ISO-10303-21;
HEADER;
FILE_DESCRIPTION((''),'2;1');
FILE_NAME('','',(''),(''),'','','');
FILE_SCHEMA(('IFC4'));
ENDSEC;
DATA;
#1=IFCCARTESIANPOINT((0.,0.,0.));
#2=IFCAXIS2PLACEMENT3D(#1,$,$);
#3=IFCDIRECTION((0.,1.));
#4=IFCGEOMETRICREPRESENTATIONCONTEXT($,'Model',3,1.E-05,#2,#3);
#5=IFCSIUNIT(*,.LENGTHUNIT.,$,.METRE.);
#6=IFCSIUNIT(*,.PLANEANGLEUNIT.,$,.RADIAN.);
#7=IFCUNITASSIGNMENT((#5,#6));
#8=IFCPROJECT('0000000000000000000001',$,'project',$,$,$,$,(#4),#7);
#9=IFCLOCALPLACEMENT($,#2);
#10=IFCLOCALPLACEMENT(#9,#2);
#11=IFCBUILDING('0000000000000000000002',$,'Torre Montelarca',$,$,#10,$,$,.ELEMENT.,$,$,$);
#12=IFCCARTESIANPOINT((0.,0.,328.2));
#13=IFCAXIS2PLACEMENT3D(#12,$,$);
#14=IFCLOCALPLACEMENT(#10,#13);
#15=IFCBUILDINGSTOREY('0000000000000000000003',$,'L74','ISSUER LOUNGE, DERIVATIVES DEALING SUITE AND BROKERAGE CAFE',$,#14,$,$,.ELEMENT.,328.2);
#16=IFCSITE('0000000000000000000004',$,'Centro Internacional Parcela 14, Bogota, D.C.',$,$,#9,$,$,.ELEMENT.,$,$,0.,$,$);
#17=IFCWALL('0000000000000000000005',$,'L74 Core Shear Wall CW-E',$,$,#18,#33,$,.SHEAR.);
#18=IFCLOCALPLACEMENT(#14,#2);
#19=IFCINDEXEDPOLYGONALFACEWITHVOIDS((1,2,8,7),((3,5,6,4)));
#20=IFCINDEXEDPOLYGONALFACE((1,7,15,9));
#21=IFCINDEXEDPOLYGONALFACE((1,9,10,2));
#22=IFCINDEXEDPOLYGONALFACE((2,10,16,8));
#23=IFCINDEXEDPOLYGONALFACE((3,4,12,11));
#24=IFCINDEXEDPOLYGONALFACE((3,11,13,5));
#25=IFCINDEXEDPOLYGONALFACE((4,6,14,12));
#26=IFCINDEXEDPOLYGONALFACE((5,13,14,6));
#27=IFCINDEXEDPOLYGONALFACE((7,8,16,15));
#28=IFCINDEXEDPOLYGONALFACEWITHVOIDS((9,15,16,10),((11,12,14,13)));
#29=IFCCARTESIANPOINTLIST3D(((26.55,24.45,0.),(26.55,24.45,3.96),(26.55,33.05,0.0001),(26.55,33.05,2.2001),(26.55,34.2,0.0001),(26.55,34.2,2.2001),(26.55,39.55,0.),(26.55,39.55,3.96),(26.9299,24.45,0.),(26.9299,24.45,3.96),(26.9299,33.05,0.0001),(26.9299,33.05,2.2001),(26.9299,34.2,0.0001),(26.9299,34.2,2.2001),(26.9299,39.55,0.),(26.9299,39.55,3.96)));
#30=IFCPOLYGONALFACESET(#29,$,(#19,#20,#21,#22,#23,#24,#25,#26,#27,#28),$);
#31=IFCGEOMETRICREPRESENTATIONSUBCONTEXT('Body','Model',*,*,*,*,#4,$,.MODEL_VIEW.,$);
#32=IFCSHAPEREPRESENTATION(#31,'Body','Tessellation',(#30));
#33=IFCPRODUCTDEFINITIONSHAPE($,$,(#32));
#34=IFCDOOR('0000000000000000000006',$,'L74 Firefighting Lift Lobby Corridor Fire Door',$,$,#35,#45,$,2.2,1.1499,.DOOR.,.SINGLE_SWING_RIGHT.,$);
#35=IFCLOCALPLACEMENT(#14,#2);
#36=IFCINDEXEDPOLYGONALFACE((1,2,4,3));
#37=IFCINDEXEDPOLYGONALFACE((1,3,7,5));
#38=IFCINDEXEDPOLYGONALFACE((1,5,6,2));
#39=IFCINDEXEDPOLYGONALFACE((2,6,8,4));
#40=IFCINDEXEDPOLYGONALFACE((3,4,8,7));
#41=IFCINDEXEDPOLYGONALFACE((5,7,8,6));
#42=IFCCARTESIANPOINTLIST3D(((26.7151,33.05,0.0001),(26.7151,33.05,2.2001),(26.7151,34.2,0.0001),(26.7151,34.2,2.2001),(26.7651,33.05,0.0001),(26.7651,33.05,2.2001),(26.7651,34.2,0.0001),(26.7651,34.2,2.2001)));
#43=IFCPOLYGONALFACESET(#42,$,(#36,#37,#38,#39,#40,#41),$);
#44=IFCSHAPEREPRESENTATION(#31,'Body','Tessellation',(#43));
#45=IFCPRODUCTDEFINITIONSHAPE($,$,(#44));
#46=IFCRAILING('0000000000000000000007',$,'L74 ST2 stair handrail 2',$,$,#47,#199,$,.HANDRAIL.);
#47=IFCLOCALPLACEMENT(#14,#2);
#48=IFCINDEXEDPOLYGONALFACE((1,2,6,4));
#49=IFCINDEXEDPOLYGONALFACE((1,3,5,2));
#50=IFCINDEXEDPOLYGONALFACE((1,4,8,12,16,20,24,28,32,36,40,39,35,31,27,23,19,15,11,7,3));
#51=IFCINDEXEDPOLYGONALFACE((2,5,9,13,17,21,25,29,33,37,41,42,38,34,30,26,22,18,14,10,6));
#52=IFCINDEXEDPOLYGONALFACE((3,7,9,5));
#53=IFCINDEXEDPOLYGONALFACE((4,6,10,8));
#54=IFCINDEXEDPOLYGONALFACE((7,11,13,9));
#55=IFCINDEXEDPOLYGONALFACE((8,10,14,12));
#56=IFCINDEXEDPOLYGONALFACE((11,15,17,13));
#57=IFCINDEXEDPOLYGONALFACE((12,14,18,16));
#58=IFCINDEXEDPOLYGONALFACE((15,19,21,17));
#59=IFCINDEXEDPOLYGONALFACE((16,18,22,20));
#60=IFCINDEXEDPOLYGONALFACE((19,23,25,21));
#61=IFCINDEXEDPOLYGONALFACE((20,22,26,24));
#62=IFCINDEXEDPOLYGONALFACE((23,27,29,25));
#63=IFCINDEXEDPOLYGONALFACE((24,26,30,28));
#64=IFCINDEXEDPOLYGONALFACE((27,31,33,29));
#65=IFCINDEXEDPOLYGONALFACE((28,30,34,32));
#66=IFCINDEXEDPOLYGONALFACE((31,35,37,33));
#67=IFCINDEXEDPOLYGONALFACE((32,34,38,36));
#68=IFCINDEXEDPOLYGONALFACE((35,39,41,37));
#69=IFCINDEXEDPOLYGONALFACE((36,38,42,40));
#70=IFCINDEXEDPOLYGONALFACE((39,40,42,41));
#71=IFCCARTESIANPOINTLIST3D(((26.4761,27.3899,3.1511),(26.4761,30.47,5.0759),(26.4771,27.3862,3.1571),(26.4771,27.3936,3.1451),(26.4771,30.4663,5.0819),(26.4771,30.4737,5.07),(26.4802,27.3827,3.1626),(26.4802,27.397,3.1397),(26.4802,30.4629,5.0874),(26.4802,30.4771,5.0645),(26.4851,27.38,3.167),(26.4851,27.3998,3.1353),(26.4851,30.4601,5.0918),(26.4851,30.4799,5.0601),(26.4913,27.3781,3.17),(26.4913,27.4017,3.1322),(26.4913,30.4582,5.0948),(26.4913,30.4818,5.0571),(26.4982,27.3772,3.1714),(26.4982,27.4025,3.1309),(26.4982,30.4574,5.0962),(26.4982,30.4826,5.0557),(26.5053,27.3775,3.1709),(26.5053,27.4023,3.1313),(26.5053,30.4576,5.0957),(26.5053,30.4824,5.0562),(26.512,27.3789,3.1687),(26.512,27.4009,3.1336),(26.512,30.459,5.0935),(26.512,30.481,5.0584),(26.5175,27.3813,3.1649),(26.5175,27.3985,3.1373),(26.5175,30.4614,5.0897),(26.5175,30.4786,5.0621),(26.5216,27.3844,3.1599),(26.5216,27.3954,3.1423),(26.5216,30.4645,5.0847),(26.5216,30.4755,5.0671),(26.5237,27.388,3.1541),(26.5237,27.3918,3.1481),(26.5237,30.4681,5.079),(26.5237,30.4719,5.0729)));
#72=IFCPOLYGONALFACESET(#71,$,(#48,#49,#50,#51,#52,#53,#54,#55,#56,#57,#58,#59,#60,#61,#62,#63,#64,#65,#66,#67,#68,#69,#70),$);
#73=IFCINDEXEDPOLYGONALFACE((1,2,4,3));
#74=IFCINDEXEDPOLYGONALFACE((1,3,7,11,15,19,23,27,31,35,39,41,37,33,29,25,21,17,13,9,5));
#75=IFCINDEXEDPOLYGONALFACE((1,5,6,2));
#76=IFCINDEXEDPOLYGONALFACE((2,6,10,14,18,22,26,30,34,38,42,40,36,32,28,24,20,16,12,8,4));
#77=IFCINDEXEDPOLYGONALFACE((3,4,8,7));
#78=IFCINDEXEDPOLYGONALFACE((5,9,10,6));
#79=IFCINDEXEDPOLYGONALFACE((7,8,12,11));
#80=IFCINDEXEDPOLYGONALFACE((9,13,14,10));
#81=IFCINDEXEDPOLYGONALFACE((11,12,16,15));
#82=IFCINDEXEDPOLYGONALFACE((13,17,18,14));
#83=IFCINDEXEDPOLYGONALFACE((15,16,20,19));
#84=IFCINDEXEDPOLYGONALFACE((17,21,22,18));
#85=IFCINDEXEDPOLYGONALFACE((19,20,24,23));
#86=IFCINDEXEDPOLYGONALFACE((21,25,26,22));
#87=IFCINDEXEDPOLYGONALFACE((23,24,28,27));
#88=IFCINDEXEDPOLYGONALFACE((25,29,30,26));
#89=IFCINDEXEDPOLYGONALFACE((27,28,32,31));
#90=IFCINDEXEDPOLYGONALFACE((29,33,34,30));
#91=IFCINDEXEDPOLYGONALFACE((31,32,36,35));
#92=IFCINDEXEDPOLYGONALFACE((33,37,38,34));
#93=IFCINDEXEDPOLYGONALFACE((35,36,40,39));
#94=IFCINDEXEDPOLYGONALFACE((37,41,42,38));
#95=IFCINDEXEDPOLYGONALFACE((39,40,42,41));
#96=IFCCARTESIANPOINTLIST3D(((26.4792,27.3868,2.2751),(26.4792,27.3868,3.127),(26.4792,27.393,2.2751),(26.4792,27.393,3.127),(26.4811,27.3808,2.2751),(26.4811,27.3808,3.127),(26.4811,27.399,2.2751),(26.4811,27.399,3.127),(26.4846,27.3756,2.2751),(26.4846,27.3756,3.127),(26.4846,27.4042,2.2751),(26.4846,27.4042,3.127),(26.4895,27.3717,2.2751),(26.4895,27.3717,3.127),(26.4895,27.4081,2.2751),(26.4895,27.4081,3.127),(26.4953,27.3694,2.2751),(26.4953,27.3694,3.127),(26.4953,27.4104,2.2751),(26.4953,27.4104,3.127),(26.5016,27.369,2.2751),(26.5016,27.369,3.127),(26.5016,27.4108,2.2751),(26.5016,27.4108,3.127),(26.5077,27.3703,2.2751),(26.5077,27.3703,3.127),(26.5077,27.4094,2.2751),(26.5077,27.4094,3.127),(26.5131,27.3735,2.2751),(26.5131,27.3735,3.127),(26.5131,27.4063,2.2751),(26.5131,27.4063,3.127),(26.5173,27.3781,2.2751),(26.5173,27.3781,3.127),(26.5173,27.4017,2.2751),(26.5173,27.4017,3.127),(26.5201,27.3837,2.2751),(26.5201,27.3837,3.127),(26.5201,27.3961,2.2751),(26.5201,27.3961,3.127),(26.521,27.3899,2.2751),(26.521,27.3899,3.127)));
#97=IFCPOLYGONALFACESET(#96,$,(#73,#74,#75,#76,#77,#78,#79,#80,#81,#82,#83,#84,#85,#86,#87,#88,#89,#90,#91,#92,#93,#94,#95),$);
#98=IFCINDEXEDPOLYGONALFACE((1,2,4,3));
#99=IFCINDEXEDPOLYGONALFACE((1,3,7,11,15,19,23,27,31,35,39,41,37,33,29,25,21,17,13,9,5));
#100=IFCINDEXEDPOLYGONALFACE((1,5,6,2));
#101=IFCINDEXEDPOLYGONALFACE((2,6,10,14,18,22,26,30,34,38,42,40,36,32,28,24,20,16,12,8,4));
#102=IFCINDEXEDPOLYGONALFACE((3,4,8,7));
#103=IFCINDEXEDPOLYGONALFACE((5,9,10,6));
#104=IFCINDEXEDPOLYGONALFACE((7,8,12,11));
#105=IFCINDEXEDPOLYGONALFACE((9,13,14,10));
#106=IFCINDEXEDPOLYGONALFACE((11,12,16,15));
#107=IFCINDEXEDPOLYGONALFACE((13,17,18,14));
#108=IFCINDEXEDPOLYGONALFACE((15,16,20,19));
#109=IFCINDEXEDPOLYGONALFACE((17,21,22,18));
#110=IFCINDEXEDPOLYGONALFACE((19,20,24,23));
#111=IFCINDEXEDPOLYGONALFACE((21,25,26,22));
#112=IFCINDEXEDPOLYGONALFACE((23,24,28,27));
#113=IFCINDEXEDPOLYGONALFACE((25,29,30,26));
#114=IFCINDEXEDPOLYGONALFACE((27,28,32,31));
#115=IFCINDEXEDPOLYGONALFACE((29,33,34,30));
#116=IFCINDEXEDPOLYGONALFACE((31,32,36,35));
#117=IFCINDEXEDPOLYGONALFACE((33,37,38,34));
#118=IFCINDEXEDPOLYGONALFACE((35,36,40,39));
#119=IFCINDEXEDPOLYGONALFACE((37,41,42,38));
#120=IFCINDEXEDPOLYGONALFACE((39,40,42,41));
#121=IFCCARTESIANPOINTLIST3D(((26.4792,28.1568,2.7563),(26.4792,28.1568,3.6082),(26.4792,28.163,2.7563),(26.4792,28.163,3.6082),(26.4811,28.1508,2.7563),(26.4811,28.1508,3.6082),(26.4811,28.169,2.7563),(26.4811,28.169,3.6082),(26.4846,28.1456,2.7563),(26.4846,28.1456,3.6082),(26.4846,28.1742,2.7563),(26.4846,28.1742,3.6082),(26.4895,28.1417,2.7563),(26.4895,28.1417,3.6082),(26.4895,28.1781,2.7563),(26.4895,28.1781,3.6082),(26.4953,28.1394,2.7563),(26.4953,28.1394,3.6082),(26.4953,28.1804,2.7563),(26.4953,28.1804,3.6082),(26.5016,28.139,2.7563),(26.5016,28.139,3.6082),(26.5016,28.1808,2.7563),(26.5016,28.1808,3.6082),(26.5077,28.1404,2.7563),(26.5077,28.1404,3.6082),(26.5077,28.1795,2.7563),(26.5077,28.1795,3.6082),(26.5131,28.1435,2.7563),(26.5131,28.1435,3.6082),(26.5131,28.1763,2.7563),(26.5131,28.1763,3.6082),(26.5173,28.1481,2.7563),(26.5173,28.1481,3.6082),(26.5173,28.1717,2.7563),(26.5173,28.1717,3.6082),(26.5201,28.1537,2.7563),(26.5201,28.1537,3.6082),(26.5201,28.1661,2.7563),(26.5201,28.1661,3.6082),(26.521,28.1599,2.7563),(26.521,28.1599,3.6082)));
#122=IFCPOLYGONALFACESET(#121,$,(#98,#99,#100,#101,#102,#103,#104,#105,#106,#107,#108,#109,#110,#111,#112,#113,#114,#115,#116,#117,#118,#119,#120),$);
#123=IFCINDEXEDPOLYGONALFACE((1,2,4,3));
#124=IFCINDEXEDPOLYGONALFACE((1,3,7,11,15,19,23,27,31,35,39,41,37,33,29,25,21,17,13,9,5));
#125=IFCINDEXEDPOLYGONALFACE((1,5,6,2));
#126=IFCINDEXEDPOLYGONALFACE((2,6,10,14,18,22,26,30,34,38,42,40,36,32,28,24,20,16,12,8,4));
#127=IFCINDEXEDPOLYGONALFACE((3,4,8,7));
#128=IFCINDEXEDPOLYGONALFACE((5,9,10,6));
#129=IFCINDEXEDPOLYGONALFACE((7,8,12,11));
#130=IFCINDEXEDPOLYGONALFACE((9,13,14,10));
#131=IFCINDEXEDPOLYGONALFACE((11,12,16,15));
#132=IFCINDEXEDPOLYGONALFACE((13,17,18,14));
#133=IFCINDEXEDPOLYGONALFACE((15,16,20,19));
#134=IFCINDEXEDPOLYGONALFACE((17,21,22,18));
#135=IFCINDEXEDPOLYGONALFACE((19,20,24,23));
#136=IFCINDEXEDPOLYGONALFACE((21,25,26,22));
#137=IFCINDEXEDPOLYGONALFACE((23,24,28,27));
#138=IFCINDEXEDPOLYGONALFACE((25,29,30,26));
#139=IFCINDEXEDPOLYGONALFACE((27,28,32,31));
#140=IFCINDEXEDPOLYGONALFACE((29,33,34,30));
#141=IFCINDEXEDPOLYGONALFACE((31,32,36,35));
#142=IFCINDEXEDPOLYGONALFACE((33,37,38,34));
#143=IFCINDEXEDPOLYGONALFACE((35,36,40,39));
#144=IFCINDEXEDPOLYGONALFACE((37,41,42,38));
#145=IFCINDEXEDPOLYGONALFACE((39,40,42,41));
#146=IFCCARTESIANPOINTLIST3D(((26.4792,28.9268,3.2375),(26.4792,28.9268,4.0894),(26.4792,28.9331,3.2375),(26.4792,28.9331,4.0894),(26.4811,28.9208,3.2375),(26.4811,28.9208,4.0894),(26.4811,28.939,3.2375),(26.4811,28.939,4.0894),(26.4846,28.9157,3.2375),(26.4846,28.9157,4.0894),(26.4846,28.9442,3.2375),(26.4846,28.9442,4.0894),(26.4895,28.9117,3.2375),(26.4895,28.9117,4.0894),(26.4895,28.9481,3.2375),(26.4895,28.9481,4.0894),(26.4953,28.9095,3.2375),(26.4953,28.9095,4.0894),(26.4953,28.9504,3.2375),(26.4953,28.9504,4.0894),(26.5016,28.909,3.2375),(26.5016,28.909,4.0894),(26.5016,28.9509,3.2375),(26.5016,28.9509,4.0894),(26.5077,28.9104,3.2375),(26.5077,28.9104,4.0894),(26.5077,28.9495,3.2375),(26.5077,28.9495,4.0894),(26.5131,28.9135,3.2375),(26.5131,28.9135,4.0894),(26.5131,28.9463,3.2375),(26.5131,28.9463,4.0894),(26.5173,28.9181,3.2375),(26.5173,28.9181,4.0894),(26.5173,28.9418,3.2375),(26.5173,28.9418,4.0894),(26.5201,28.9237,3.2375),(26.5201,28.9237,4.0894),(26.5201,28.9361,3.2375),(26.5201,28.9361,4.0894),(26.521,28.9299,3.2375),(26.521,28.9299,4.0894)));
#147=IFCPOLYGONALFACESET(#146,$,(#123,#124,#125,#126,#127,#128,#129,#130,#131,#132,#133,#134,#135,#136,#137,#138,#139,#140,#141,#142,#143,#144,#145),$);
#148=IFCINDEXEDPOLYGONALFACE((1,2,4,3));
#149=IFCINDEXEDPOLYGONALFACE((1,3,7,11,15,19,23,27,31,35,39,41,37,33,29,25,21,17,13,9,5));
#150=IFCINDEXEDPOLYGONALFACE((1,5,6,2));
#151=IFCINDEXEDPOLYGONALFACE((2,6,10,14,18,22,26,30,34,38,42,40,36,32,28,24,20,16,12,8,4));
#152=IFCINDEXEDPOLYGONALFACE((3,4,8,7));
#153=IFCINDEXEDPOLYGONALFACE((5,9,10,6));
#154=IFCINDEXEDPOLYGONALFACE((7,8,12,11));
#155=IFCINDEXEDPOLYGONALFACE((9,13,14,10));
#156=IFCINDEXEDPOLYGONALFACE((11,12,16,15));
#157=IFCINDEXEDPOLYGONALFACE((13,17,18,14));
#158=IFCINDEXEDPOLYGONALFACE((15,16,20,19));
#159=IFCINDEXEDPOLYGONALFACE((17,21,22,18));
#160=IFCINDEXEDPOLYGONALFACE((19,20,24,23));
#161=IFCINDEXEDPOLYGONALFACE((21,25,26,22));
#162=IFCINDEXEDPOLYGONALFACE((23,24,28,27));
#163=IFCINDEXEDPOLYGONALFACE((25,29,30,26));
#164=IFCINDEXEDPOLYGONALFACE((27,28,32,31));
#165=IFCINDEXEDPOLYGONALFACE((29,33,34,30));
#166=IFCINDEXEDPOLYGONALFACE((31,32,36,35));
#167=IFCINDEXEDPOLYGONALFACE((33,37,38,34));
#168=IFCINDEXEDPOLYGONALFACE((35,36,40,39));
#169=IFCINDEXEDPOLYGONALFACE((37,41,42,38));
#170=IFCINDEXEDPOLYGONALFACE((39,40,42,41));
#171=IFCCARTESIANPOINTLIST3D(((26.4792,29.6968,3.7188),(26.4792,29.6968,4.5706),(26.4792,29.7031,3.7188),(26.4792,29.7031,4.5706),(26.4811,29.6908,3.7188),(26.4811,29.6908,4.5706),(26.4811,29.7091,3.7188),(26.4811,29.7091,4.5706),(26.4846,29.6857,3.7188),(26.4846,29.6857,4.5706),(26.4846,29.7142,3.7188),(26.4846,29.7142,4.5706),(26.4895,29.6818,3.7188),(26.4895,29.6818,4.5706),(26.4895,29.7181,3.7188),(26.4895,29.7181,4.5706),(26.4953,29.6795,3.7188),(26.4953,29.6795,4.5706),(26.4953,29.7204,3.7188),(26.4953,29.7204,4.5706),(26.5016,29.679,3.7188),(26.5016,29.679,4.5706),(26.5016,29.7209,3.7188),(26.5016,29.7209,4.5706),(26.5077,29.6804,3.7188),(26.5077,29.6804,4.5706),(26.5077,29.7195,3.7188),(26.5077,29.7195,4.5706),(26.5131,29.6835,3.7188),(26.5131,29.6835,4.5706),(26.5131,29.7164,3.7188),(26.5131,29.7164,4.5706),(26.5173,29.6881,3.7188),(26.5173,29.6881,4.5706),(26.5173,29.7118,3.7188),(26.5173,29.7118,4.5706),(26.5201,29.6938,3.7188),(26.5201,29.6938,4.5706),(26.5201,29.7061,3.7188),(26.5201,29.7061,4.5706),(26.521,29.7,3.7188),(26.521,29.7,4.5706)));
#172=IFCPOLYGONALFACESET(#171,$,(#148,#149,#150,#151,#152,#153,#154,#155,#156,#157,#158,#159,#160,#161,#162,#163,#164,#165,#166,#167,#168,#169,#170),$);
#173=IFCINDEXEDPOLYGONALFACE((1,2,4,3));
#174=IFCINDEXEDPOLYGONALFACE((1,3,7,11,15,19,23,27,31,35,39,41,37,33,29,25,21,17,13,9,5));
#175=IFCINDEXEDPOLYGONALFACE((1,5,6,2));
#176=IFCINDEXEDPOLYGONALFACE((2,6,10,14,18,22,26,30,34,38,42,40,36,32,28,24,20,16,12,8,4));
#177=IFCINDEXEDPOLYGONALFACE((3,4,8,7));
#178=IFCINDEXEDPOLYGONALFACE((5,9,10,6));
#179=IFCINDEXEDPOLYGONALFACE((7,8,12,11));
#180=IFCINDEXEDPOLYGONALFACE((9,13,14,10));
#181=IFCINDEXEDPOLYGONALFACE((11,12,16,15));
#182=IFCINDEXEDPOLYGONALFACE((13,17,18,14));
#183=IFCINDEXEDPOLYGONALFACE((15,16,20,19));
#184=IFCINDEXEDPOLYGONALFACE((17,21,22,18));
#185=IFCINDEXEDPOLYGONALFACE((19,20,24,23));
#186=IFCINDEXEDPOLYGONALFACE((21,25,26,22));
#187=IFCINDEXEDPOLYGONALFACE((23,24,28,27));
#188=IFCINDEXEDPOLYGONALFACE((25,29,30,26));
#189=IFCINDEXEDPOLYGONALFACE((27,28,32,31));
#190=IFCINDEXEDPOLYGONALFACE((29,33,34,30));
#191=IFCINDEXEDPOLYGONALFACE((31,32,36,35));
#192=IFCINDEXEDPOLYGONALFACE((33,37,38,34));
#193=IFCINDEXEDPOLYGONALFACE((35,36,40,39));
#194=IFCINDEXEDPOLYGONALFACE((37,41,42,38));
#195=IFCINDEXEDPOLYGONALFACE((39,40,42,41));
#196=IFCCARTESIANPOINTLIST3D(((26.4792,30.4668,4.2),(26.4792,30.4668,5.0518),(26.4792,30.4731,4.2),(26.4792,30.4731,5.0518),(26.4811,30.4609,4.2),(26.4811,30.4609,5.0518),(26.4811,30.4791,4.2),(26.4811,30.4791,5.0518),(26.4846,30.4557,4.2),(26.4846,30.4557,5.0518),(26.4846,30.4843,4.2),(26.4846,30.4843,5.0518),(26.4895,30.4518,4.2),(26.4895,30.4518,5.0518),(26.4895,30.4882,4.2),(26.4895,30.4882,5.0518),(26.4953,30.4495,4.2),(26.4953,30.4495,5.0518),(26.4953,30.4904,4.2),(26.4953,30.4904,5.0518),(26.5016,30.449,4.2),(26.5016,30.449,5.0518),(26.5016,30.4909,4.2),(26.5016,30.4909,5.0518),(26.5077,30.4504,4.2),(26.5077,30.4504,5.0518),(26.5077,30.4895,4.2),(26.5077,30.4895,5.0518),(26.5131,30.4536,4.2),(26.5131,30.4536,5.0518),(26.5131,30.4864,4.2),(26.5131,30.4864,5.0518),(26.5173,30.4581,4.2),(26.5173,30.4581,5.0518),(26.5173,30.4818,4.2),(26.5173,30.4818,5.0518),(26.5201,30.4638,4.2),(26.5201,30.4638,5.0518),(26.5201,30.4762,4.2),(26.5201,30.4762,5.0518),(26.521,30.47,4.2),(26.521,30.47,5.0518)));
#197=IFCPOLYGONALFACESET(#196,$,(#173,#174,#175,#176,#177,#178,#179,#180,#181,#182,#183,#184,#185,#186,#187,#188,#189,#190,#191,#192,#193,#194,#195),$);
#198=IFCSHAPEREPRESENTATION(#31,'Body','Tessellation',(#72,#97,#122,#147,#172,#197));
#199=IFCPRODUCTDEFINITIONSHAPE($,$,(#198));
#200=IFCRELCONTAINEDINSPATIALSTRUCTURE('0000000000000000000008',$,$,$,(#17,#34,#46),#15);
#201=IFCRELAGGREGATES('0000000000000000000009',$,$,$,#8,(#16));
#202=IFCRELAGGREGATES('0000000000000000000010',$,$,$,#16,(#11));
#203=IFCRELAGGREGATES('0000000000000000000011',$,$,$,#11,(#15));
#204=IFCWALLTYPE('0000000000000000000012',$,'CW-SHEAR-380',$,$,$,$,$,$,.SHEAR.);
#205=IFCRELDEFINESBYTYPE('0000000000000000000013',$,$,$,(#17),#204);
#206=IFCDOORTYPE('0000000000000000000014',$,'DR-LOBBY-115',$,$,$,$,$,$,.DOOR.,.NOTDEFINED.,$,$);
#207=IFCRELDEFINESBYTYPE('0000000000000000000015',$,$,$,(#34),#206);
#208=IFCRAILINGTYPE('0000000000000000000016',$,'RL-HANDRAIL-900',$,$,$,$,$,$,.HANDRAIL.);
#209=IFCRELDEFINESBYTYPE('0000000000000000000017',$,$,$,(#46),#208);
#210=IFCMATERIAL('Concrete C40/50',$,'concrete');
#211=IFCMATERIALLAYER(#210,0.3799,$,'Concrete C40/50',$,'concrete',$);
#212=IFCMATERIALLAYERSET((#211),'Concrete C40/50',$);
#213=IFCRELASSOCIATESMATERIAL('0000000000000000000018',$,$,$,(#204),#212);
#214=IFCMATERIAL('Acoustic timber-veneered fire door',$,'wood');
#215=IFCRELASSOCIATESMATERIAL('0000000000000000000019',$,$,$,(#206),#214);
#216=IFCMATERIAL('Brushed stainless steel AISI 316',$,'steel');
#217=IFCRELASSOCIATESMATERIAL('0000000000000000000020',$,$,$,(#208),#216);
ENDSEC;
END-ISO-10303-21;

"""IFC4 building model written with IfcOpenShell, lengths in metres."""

from ifc_helpers import new_model, si_unit, direction, frame, frame_2d, origin, origin_2d, place, context, subcontext, project, spatial, rectangle, circle, extrude, source, transform, mapped, material, layer, layer_set, type_object, element, fill, save


model = new_model("IFC4")

# Units and contexts
model_context = context("Model", 3, precision=1e-05, world=origin(), true_north=direction((0.0, 1.0)))
body_context = subcontext(model_context, "Body", "Model", "MODEL_VIEW")
ifc_project = project(units=[si_unit("LENGTHUNIT", "METRE"), si_unit("PLANEANGLEUNIT", "RADIAN")], contexts=[model_context])

# Site, building, storey
site_placement = place(None, origin())
site = spatial("IfcSite", under=ifc_project, at=site_placement, Name="Centro Internacional Parcela 14, Bogota, D.C.", CompositionType="ELEMENT", RefElevation=0.0)
building_placement = place(site_placement, origin())
building = spatial("IfcBuilding", under=site, at=building_placement, Name="Torre Montelarca", CompositionType="ELEMENT")
storey_placement = place(building_placement, frame((0.0, 0.0, 328.2)))
storey = spatial("IfcBuildingStorey", under=building, at=storey_placement, Name="L74", Description="ISSUER LOUNGE, DERIVATIVES DEALING SUITE AND BROKERAGE CAFE", CompositionType="ELEMENT", Elevation=328.2)

# Wall, opening, door
ifc_material_1 = material(Name="Concrete C40/50", Category="concrete")
ifc_layer_1 = layer(ifc_material_1, 0.3799, Name="Concrete C40/50", Category="concrete")
ifc_layer_set_1 = layer_set([ifc_layer_1], Name="Concrete C40/50")
wall_type = type_object("IfcWallType", Name="CW-SHEAR-380", PredefinedType="SHEAR", material=ifc_layer_set_1)
wall_placement = place(storey_placement, frame((26.74, 24.45, 0.0), z_axis=(0.0, 0.0, 1.0), x_axis=(0.0, 1.0, 0.0)))
wall = element("IfcWall", 1, at=wall_placement, inside=storey, type_object=wall_type, Name="L74 Core Shear Wall CW-E", PredefinedType="SHEAR", context=body_context, shape_type="SweptSolid", body=[
    extrude(rectangle(XDim=15.1001, YDim=0.3799, at=frame_2d((7.55, 0.0))), origin(), (0.0, 0.0, 1.0), 3.96),
])
opening_placement = place(wall_placement, frame((8.6001, 0.0, 0.0)))
opening = element("IfcOpeningElement", 2, at=opening_placement, cuts=wall, PredefinedType="OPENING", context=body_context, shape_type="SweptSolid", body=[
    extrude(rectangle(XDim=1.1499, YDim=2.2, at=frame_2d((0.575, 1.1001))), frame((0.0, 0.2, 0.0), z_axis=(0.0, -1.0, 0.0), x_axis=(1.0, 0.0, 0.0)), (0.0, 0.0, 1.0), 0.3999),
])
ifc_material_2 = material(Name="Acoustic timber-veneered fire door", Category="wood")
door_type = type_object("IfcDoorType", Name="DR-LOBBY-115", OperationType="NOTDEFINED", PredefinedType="DOOR", material=ifc_material_2)
shared_shape_1 = source(origin(), body_context, "Body", "SweptSolid", [
    extrude(rectangle(XDim=1.1499, YDim=2.2, at=frame_2d((0.575, 1.1001))), frame((0.0, 0.0249, 0.0), z_axis=(0.0, -1.0, 0.0), x_axis=(1.0, 0.0, 0.0)), (0.0, 0.0, 1.0), 0.05),
])
door_placement = place(opening_placement, origin())
door = element("IfcDoor", 3, at=door_placement, inside=storey, type_object=door_type, Name="L74 Firefighting Lift Lobby Corridor Fire Door", OperationType="SINGLE_SWING_RIGHT", OverallHeight=2.2, OverallWidth=1.1499, PredefinedType="DOOR", context=body_context, shape_type="MappedRepresentation", body=[
    mapped(shared_shape_1, transform((0.0, 0.0, 0.0), scale=1.0)),
])
fill(opening, door)

# Railing
ifc_material_3 = material(Name="Brushed stainless steel AISI 316", Category="steel")
railing_type = type_object("IfcRailingType", Name="RL-HANDRAIL-900", PredefinedType="HANDRAIL", material=ifc_material_3)
railing_placement = place(storey_placement, frame((26.5, 27.3899, 2.2751)))
element("IfcRailing", 4, at=railing_placement, inside=storey, type_object=railing_type, Name="L74 ST2 stair handrail 2", PredefinedType="HANDRAIL", context=body_context, shape_type="SweptSolid", body=[
    extrude(circle(Radius=0.0239, at=origin_2d()), frame((0.0, 0.0, 0.876), z_axis=(0.0, 0.848029, 0.529951), x_axis=(-1.0, 0.0, 0.0)), (0.0, 0.0, 1.0), 3.6321),
    extrude(circle(Radius=0.021, at=origin_2d()), origin(), (0.0, 0.0, 1.0), 0.8518),
    extrude(circle(Radius=0.021, at=origin_2d()), frame((0.0, 0.77, 0.4812)), (0.0, 0.0, 1.0), 0.8518),
    extrude(circle(Radius=0.021, at=origin_2d()), frame((0.0, 1.54, 0.9624)), (0.0, 0.0, 1.0), 0.8518),
    extrude(circle(Radius=0.021, at=origin_2d()), frame((0.0, 2.3101, 1.4436)), (0.0, 0.0, 1.0), 0.8518),
    extrude(circle(Radius=0.021, at=origin_2d()), frame((0.0, 3.0801, 1.9248)), (0.0, 0.0, 1.0), 0.8518),
])

save(model, "model.ifc")
